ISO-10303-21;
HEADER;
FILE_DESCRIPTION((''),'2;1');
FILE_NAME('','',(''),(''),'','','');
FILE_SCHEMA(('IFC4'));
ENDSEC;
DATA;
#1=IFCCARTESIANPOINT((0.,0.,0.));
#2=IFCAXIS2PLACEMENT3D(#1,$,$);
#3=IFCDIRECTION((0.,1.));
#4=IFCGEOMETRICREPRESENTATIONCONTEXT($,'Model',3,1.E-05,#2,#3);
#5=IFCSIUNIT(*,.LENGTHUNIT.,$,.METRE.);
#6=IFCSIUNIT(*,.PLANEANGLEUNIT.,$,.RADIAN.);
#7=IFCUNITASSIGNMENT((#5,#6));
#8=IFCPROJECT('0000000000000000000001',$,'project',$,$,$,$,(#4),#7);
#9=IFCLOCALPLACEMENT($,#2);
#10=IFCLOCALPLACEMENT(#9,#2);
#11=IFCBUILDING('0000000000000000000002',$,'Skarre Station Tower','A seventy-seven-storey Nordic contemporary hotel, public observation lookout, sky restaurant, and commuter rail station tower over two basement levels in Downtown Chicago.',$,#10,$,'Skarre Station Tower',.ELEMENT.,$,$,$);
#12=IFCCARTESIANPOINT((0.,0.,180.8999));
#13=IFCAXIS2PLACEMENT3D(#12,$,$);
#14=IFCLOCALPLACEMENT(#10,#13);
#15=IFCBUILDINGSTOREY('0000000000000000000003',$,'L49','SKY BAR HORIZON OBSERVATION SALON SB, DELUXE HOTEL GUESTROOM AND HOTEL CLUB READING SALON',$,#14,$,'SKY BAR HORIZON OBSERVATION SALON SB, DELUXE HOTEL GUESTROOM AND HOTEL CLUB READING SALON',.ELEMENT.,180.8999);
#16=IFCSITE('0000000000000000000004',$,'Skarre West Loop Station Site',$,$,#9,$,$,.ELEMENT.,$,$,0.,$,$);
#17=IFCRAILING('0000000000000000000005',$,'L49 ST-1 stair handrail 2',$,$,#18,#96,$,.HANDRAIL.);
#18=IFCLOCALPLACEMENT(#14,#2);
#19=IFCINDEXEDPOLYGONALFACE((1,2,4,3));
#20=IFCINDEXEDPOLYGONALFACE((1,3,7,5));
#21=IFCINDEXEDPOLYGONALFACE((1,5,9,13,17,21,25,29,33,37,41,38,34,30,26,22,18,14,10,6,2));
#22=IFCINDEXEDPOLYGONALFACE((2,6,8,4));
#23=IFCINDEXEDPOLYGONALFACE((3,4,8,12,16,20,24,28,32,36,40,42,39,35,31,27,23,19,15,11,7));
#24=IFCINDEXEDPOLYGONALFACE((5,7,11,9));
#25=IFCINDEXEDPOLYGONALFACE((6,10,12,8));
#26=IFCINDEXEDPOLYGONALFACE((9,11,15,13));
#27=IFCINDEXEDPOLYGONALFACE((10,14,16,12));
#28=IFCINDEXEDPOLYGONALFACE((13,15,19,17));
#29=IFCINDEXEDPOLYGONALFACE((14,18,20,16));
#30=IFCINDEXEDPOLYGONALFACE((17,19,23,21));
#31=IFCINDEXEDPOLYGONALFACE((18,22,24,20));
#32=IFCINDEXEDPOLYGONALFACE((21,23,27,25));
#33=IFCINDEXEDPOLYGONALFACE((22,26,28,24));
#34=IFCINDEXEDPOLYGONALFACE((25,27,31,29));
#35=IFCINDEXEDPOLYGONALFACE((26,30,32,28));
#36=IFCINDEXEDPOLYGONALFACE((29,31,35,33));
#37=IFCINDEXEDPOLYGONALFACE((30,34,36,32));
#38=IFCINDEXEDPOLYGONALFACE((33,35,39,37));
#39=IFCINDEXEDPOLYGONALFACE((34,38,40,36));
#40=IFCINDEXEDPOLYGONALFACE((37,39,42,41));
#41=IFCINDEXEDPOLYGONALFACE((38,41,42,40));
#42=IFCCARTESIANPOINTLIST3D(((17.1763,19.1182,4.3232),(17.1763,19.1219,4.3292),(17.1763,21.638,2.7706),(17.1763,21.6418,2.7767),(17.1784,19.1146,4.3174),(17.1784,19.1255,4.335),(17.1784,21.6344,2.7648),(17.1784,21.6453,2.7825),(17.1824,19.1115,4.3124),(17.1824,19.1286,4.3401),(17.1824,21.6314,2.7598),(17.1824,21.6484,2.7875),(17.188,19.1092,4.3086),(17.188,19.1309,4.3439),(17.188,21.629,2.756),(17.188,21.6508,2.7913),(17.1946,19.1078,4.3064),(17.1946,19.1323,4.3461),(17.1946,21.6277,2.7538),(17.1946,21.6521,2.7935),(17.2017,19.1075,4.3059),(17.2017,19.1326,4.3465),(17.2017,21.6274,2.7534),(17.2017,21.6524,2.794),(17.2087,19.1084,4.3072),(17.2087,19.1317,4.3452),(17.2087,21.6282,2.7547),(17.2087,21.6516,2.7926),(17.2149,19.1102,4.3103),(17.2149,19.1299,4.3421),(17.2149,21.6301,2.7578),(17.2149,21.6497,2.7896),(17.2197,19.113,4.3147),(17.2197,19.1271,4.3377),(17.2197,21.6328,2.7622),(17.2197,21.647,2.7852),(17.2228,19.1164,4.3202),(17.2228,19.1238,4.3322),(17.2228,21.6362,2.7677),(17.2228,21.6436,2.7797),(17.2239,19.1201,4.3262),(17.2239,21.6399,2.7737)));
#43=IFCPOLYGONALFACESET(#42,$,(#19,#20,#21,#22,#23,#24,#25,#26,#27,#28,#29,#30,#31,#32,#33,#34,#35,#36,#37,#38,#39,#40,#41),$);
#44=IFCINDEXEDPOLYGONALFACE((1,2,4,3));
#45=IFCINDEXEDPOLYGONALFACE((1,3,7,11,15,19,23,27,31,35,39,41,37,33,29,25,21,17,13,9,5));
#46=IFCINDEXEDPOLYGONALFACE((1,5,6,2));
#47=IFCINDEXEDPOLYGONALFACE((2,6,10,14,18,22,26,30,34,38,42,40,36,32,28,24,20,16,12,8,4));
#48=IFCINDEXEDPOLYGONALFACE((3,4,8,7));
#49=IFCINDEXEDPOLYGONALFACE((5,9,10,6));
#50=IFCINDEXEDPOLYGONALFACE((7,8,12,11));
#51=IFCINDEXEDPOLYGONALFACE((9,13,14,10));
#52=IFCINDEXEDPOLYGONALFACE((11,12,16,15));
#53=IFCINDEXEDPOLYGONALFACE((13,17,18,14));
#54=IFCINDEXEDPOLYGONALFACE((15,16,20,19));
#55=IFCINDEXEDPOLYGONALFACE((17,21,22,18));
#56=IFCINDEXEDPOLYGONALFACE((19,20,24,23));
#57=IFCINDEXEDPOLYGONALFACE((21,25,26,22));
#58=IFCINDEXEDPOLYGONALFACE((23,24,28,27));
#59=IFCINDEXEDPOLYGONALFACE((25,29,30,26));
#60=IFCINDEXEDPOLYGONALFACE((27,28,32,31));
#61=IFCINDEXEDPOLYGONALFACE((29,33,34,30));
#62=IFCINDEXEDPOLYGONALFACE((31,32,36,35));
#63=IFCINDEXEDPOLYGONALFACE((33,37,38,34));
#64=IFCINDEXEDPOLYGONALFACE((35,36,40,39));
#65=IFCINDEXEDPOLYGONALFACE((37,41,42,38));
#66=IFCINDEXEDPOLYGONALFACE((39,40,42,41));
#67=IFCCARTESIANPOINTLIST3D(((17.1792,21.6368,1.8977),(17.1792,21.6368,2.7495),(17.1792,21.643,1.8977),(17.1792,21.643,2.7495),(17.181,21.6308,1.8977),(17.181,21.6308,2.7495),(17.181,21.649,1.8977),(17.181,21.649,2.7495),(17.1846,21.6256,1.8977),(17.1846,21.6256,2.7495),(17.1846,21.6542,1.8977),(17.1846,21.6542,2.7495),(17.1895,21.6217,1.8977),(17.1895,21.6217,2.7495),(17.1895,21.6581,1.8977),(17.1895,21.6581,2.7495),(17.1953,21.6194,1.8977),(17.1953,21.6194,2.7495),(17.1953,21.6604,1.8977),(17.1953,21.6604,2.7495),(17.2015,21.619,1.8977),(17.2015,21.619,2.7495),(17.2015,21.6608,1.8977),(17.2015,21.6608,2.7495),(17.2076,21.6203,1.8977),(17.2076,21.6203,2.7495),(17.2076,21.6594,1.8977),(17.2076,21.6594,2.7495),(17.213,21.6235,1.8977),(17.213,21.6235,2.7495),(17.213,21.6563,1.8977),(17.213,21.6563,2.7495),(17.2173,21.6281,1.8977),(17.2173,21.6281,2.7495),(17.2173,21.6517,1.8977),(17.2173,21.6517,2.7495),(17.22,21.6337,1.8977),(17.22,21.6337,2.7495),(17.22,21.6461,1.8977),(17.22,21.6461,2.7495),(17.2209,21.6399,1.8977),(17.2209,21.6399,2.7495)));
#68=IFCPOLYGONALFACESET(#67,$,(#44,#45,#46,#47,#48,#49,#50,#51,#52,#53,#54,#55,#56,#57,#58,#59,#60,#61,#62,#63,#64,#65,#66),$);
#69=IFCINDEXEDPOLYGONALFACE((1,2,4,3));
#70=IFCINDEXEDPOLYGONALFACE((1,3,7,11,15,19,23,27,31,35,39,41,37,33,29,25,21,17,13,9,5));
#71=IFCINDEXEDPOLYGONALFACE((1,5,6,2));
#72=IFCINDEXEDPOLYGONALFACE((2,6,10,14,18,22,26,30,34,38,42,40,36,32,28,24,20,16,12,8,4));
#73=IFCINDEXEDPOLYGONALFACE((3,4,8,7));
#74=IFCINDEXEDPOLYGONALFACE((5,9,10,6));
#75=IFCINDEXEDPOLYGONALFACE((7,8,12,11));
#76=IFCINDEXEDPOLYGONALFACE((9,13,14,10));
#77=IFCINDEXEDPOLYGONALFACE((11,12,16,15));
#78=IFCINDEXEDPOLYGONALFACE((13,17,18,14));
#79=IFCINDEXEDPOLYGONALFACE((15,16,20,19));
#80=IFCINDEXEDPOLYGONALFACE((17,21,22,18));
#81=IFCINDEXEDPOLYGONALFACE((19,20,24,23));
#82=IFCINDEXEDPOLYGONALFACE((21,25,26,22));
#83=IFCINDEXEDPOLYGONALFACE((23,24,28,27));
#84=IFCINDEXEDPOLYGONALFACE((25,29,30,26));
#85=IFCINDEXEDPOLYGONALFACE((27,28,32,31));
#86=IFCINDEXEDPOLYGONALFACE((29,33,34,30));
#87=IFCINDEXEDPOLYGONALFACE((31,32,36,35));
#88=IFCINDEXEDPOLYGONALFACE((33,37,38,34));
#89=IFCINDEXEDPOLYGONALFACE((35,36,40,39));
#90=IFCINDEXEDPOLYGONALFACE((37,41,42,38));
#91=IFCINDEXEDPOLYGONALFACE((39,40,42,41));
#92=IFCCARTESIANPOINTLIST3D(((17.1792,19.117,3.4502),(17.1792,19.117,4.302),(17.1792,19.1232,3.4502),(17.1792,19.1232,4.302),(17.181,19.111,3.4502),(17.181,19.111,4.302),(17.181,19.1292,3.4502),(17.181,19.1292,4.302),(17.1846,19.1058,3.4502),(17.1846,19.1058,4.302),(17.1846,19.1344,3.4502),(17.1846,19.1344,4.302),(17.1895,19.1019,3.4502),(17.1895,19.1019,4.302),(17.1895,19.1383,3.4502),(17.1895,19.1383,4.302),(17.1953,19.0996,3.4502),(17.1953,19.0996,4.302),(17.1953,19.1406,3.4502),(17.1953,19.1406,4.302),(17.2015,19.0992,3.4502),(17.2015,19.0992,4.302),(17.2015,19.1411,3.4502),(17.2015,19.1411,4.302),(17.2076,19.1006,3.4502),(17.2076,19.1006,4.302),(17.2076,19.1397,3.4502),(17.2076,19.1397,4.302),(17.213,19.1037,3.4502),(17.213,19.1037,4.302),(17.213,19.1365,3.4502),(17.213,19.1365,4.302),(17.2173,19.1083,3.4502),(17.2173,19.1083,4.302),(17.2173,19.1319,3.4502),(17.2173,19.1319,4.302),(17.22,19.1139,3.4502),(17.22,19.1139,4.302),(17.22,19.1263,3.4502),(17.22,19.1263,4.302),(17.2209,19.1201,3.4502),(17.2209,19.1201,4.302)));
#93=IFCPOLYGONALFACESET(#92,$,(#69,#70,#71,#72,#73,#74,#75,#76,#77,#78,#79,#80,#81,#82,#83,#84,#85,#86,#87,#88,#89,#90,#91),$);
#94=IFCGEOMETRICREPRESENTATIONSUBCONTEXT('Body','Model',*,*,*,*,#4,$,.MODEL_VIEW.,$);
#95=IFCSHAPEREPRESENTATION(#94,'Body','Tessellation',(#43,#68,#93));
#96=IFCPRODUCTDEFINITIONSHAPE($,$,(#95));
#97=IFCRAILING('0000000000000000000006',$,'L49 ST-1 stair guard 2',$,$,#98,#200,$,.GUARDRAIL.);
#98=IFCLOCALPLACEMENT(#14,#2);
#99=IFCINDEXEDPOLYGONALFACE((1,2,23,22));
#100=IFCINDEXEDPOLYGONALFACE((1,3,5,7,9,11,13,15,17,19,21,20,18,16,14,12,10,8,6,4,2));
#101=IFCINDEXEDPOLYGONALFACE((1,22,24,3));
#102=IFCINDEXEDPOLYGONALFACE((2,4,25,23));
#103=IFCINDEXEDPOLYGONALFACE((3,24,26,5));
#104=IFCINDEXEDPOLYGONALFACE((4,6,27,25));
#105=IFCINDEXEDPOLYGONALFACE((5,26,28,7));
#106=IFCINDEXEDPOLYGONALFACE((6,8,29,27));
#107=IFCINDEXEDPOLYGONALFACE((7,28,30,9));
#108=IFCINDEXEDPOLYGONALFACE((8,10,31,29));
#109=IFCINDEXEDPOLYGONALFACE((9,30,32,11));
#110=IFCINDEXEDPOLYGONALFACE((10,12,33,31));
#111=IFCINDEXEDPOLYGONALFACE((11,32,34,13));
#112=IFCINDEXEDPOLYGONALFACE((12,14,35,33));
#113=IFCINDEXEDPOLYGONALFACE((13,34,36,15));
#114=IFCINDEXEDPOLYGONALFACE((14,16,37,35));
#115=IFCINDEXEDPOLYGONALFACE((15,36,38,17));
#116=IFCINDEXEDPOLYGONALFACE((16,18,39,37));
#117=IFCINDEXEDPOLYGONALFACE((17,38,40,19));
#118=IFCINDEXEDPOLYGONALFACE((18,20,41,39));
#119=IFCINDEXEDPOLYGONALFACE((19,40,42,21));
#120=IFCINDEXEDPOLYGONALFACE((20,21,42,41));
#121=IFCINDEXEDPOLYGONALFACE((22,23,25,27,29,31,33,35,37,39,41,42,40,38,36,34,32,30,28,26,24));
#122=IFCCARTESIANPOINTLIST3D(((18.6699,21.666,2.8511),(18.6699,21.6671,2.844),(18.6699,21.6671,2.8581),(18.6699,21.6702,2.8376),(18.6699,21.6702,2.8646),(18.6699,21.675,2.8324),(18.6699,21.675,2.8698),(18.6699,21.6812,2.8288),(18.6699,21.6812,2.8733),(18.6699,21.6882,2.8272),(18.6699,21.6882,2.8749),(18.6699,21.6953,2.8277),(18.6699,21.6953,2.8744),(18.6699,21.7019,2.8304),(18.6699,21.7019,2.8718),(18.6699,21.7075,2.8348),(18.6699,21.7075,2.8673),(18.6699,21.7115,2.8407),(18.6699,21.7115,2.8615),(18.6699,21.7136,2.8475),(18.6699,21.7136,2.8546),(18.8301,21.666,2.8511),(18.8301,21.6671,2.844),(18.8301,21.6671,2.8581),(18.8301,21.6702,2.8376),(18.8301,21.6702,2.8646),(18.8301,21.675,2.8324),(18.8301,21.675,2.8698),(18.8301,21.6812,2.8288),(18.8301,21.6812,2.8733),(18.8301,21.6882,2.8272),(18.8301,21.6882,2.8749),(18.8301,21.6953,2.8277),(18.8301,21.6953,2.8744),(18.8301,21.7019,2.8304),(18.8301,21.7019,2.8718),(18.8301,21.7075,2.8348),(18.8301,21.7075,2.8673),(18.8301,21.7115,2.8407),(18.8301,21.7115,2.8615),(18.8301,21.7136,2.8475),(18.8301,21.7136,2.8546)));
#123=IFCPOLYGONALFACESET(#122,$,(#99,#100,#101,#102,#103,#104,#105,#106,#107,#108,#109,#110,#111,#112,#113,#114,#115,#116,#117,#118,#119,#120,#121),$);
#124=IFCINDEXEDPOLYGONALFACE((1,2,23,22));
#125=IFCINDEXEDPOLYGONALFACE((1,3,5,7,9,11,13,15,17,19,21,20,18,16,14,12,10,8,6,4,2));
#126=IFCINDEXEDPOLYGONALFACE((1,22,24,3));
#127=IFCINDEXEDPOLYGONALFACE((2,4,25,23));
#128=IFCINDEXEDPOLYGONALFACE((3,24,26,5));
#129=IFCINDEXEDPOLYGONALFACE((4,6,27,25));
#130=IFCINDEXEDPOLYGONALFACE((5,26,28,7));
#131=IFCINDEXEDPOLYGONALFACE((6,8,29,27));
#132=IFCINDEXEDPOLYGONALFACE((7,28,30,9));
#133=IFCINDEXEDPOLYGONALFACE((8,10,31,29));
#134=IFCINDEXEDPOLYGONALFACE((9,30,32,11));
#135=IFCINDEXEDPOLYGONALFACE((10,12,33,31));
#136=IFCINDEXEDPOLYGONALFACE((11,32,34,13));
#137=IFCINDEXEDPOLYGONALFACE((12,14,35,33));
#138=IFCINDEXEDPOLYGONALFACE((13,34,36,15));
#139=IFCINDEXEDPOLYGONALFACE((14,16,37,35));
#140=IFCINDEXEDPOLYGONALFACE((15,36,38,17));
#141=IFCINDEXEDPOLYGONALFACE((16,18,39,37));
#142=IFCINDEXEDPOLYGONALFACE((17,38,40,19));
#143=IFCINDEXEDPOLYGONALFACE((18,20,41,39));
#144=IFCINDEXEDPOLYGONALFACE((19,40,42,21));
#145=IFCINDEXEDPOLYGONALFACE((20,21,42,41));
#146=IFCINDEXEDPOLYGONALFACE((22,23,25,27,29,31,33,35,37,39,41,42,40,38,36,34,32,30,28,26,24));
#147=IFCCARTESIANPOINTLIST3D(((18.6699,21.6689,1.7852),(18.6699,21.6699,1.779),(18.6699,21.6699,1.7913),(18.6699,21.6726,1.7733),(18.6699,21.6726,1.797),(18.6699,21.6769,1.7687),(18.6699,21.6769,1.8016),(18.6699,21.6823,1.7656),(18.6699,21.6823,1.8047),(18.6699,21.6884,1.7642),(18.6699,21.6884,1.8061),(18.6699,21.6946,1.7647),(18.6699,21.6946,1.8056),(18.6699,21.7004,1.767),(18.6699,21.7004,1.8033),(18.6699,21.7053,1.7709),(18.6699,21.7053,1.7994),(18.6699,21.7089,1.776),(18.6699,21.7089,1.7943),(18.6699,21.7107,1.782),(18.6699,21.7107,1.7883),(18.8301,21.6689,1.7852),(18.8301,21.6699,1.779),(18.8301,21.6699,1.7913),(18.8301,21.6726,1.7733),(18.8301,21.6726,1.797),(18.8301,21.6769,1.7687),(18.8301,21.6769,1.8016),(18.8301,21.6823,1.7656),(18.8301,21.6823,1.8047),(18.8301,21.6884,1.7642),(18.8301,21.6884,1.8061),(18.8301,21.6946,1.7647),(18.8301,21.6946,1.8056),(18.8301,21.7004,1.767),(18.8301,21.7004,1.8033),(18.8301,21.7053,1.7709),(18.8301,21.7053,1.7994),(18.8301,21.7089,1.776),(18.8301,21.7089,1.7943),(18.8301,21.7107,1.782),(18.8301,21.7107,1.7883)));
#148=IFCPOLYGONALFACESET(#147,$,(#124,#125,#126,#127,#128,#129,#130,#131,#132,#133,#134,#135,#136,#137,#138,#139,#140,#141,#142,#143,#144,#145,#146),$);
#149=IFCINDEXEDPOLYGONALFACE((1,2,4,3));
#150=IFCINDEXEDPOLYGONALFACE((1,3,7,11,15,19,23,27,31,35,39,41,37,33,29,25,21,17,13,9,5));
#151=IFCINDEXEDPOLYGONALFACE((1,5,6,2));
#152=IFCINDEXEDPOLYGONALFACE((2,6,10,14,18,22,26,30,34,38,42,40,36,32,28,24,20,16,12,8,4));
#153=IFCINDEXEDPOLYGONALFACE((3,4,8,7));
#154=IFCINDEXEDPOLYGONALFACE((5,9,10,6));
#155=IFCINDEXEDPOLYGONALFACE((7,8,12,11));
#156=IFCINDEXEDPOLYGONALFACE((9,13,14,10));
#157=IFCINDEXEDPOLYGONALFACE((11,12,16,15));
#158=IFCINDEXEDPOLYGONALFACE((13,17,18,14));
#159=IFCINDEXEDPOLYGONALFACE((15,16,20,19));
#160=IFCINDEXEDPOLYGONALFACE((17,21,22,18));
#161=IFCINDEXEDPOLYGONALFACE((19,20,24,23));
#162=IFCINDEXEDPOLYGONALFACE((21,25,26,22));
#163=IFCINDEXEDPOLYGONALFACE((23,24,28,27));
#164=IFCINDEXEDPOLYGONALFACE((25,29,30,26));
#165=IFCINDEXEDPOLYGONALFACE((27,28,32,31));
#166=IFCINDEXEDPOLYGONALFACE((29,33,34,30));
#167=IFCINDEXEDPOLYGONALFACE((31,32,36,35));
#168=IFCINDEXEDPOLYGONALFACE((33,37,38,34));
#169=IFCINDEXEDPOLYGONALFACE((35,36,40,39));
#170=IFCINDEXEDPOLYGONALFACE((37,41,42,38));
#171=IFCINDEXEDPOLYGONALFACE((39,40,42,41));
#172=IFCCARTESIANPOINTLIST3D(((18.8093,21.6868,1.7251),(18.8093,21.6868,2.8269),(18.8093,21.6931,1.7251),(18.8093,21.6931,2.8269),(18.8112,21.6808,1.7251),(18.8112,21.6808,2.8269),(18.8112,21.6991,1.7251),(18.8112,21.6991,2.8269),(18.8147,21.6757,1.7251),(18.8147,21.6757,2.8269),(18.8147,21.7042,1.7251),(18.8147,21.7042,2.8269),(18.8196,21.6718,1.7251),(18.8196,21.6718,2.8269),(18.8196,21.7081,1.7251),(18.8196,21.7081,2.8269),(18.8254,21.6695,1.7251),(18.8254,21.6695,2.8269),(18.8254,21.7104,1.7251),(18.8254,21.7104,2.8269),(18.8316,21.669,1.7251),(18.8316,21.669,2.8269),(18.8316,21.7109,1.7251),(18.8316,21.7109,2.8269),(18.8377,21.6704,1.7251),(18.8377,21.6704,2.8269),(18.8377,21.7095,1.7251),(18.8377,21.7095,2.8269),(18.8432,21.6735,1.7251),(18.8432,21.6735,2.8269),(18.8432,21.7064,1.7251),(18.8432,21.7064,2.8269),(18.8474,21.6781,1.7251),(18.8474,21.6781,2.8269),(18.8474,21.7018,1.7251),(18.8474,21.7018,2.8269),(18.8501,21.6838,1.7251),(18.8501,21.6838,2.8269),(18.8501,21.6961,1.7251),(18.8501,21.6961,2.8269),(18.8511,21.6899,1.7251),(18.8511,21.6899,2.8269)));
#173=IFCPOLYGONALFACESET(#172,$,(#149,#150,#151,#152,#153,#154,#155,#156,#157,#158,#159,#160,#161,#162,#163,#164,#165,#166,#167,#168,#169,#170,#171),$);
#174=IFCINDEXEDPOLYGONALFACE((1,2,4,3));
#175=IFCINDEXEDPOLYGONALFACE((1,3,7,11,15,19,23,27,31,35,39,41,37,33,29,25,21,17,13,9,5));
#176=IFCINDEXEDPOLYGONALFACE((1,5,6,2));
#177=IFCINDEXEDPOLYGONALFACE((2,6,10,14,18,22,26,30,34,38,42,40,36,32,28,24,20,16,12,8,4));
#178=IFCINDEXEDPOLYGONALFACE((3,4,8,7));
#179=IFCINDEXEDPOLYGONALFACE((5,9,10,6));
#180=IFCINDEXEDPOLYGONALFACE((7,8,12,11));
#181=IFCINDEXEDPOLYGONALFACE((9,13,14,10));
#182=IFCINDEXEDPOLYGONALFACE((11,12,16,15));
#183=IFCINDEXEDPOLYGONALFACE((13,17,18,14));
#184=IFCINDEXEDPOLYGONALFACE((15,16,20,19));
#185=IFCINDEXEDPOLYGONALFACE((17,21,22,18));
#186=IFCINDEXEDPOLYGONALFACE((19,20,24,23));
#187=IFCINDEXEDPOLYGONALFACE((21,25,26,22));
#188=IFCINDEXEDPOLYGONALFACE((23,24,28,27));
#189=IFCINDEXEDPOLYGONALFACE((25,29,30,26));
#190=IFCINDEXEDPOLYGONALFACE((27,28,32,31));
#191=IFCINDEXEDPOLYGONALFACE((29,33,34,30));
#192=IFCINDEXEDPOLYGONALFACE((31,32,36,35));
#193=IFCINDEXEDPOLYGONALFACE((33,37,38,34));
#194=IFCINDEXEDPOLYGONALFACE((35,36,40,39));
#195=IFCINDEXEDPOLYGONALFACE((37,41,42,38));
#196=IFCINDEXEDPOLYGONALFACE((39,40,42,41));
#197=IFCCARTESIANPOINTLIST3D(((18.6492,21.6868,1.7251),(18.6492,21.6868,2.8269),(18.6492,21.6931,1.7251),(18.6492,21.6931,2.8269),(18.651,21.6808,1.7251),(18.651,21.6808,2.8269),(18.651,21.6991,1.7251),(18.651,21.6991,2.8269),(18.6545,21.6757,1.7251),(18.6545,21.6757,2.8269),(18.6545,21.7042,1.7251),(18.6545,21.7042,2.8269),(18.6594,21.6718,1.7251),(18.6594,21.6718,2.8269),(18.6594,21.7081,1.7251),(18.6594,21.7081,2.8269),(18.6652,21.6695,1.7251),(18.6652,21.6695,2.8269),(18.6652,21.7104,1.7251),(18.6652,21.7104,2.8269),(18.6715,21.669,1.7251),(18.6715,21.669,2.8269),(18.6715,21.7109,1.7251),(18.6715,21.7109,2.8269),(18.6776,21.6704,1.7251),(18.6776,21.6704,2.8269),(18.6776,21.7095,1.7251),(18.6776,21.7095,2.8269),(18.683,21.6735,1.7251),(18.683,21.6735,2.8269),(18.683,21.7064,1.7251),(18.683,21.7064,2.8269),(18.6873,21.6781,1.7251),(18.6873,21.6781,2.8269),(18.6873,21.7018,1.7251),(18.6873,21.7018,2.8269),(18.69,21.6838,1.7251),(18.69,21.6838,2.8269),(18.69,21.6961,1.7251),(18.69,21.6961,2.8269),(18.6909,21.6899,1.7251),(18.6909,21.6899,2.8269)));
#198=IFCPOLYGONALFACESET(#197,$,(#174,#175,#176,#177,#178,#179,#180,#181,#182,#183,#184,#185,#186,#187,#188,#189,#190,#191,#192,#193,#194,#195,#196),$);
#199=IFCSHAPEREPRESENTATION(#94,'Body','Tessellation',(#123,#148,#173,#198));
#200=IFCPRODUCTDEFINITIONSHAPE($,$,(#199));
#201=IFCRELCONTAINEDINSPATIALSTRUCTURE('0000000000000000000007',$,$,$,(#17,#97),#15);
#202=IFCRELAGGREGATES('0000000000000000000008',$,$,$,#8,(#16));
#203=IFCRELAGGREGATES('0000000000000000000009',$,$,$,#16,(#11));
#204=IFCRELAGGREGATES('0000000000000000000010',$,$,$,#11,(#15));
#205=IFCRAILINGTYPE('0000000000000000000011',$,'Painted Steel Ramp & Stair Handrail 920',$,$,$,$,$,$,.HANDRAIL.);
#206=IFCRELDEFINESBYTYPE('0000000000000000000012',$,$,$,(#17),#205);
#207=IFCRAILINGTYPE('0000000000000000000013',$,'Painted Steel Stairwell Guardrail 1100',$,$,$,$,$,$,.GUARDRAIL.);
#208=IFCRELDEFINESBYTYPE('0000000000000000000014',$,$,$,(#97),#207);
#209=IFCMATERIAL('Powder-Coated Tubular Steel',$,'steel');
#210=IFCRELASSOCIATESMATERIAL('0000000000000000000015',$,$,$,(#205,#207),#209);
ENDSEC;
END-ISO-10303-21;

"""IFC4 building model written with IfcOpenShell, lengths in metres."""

from ifc_helpers import new_model, si_unit, direction, frame, origin, origin_2d, place, context, subcontext, project, spatial, circle, extrude, material, type_object, element, save


model = new_model("IFC4")

# Units and contexts
model_context = context("Model", 3, precision=1e-05, world=origin(), true_north=direction((0.0, 1.0)))
body_context = subcontext(model_context, "Body", "Model", "MODEL_VIEW")
ifc_project = project(units=[si_unit("LENGTHUNIT", "METRE"), si_unit("PLANEANGLEUNIT", "RADIAN")], contexts=[model_context])

# Site, building, storey
site_placement = place(None, origin())
site = spatial("IfcSite", under=ifc_project, at=site_placement, Name="Skarre West Loop Station Site", CompositionType="ELEMENT", RefElevation=0.0)
building_placement = place(site_placement, origin())
building = spatial("IfcBuilding", under=site, at=building_placement, Name="Skarre Station Tower", Description="A seventy-seven-storey Nordic contemporary hotel, public observation lookout, sky restaurant, and commuter rail station tower over two basement levels in Downtown Chicago.", LongName="Skarre Station Tower", CompositionType="ELEMENT")
storey_placement = place(building_placement, frame((0.0, 0.0, 180.8999)))
storey = spatial("IfcBuildingStorey", under=building, at=storey_placement, Name="L49", Description="SKY BAR HORIZON OBSERVATION SALON SB, DELUXE HOTEL GUESTROOM AND HOTEL CLUB READING SALON", LongName="SKY BAR HORIZON OBSERVATION SALON SB, DELUXE HOTEL GUESTROOM AND HOTEL CLUB READING SALON", CompositionType="ELEMENT", Elevation=180.8999)

# Railings
ifc_material_1 = material(Name="Powder-Coated Tubular Steel", Category="steel")
railing_type_1 = type_object("IfcRailingType", Name="Painted Steel Ramp & Stair Handrail 920", PredefinedType="HANDRAIL", material=ifc_material_1)
railing_1_placement = place(storey_placement, frame((17.2, 21.6399, 1.8977)))
element("IfcRailing", 1, at=railing_1_placement, inside=storey, type_object=railing_type_1, Name="L49 ST-1 stair handrail 2", PredefinedType="HANDRAIL", context=body_context, shape_type="SweptSolid", body=[
    extrude(circle(Radius=0.0239, at=origin_2d()), frame((0.0, 0.0, 0.876), z_axis=(0.0, -0.851378, 0.524553), x_axis=(1.0, 0.0, 0.0)), (0.0, 0.0, 1.0), 2.9597),
    extrude(circle(Radius=0.021, at=origin_2d()), origin(), (0.0, 0.0, 1.0), 0.8518),
    extrude(circle(Radius=0.021, at=origin_2d()), frame((0.0, -2.5198, 1.5525)), (0.0, 0.0, 1.0), 0.8518),
])
railing_type_2 = type_object("IfcRailingType", Name="Painted Steel Stairwell Guardrail 1100", PredefinedType="GUARDRAIL", material=ifc_material_1)
railing_2_placement = place(storey_placement, frame((18.8301, 21.6899, 1.7251)))
element("IfcRailing", 2, at=railing_2_placement, inside=storey, type_object=railing_type_2, Name="L49 ST-1 stair guard 2", PredefinedType="GUARDRAIL", context=body_context, shape_type="SweptSolid", body=[
    extrude(circle(Radius=0.0239, at=origin_2d()), frame((0.0, 0.0, 1.126), z_axis=(-1.0, 0.0, 0.0), x_axis=(0.0, -1.0, 0.0)), (0.0, 0.0, 1.0), 0.1602),
    extrude(circle(Radius=0.021, at=origin_2d()), frame((0.0, 0.0, 0.0601), z_axis=(-1.0, 0.0, 0.0), x_axis=(0.0, -1.0, 0.0)), (0.0, 0.0, 1.0), 0.1602),
    extrude(circle(Radius=0.021, at=origin_2d()), origin(), (0.0, 0.0, 1.0), 1.1018),
    extrude(circle(Radius=0.021, at=origin_2d()), frame((-0.1602, 0.0, 0.0)), (0.0, 0.0, 1.0), 1.1018),
])

save(model, "model.ifc")
